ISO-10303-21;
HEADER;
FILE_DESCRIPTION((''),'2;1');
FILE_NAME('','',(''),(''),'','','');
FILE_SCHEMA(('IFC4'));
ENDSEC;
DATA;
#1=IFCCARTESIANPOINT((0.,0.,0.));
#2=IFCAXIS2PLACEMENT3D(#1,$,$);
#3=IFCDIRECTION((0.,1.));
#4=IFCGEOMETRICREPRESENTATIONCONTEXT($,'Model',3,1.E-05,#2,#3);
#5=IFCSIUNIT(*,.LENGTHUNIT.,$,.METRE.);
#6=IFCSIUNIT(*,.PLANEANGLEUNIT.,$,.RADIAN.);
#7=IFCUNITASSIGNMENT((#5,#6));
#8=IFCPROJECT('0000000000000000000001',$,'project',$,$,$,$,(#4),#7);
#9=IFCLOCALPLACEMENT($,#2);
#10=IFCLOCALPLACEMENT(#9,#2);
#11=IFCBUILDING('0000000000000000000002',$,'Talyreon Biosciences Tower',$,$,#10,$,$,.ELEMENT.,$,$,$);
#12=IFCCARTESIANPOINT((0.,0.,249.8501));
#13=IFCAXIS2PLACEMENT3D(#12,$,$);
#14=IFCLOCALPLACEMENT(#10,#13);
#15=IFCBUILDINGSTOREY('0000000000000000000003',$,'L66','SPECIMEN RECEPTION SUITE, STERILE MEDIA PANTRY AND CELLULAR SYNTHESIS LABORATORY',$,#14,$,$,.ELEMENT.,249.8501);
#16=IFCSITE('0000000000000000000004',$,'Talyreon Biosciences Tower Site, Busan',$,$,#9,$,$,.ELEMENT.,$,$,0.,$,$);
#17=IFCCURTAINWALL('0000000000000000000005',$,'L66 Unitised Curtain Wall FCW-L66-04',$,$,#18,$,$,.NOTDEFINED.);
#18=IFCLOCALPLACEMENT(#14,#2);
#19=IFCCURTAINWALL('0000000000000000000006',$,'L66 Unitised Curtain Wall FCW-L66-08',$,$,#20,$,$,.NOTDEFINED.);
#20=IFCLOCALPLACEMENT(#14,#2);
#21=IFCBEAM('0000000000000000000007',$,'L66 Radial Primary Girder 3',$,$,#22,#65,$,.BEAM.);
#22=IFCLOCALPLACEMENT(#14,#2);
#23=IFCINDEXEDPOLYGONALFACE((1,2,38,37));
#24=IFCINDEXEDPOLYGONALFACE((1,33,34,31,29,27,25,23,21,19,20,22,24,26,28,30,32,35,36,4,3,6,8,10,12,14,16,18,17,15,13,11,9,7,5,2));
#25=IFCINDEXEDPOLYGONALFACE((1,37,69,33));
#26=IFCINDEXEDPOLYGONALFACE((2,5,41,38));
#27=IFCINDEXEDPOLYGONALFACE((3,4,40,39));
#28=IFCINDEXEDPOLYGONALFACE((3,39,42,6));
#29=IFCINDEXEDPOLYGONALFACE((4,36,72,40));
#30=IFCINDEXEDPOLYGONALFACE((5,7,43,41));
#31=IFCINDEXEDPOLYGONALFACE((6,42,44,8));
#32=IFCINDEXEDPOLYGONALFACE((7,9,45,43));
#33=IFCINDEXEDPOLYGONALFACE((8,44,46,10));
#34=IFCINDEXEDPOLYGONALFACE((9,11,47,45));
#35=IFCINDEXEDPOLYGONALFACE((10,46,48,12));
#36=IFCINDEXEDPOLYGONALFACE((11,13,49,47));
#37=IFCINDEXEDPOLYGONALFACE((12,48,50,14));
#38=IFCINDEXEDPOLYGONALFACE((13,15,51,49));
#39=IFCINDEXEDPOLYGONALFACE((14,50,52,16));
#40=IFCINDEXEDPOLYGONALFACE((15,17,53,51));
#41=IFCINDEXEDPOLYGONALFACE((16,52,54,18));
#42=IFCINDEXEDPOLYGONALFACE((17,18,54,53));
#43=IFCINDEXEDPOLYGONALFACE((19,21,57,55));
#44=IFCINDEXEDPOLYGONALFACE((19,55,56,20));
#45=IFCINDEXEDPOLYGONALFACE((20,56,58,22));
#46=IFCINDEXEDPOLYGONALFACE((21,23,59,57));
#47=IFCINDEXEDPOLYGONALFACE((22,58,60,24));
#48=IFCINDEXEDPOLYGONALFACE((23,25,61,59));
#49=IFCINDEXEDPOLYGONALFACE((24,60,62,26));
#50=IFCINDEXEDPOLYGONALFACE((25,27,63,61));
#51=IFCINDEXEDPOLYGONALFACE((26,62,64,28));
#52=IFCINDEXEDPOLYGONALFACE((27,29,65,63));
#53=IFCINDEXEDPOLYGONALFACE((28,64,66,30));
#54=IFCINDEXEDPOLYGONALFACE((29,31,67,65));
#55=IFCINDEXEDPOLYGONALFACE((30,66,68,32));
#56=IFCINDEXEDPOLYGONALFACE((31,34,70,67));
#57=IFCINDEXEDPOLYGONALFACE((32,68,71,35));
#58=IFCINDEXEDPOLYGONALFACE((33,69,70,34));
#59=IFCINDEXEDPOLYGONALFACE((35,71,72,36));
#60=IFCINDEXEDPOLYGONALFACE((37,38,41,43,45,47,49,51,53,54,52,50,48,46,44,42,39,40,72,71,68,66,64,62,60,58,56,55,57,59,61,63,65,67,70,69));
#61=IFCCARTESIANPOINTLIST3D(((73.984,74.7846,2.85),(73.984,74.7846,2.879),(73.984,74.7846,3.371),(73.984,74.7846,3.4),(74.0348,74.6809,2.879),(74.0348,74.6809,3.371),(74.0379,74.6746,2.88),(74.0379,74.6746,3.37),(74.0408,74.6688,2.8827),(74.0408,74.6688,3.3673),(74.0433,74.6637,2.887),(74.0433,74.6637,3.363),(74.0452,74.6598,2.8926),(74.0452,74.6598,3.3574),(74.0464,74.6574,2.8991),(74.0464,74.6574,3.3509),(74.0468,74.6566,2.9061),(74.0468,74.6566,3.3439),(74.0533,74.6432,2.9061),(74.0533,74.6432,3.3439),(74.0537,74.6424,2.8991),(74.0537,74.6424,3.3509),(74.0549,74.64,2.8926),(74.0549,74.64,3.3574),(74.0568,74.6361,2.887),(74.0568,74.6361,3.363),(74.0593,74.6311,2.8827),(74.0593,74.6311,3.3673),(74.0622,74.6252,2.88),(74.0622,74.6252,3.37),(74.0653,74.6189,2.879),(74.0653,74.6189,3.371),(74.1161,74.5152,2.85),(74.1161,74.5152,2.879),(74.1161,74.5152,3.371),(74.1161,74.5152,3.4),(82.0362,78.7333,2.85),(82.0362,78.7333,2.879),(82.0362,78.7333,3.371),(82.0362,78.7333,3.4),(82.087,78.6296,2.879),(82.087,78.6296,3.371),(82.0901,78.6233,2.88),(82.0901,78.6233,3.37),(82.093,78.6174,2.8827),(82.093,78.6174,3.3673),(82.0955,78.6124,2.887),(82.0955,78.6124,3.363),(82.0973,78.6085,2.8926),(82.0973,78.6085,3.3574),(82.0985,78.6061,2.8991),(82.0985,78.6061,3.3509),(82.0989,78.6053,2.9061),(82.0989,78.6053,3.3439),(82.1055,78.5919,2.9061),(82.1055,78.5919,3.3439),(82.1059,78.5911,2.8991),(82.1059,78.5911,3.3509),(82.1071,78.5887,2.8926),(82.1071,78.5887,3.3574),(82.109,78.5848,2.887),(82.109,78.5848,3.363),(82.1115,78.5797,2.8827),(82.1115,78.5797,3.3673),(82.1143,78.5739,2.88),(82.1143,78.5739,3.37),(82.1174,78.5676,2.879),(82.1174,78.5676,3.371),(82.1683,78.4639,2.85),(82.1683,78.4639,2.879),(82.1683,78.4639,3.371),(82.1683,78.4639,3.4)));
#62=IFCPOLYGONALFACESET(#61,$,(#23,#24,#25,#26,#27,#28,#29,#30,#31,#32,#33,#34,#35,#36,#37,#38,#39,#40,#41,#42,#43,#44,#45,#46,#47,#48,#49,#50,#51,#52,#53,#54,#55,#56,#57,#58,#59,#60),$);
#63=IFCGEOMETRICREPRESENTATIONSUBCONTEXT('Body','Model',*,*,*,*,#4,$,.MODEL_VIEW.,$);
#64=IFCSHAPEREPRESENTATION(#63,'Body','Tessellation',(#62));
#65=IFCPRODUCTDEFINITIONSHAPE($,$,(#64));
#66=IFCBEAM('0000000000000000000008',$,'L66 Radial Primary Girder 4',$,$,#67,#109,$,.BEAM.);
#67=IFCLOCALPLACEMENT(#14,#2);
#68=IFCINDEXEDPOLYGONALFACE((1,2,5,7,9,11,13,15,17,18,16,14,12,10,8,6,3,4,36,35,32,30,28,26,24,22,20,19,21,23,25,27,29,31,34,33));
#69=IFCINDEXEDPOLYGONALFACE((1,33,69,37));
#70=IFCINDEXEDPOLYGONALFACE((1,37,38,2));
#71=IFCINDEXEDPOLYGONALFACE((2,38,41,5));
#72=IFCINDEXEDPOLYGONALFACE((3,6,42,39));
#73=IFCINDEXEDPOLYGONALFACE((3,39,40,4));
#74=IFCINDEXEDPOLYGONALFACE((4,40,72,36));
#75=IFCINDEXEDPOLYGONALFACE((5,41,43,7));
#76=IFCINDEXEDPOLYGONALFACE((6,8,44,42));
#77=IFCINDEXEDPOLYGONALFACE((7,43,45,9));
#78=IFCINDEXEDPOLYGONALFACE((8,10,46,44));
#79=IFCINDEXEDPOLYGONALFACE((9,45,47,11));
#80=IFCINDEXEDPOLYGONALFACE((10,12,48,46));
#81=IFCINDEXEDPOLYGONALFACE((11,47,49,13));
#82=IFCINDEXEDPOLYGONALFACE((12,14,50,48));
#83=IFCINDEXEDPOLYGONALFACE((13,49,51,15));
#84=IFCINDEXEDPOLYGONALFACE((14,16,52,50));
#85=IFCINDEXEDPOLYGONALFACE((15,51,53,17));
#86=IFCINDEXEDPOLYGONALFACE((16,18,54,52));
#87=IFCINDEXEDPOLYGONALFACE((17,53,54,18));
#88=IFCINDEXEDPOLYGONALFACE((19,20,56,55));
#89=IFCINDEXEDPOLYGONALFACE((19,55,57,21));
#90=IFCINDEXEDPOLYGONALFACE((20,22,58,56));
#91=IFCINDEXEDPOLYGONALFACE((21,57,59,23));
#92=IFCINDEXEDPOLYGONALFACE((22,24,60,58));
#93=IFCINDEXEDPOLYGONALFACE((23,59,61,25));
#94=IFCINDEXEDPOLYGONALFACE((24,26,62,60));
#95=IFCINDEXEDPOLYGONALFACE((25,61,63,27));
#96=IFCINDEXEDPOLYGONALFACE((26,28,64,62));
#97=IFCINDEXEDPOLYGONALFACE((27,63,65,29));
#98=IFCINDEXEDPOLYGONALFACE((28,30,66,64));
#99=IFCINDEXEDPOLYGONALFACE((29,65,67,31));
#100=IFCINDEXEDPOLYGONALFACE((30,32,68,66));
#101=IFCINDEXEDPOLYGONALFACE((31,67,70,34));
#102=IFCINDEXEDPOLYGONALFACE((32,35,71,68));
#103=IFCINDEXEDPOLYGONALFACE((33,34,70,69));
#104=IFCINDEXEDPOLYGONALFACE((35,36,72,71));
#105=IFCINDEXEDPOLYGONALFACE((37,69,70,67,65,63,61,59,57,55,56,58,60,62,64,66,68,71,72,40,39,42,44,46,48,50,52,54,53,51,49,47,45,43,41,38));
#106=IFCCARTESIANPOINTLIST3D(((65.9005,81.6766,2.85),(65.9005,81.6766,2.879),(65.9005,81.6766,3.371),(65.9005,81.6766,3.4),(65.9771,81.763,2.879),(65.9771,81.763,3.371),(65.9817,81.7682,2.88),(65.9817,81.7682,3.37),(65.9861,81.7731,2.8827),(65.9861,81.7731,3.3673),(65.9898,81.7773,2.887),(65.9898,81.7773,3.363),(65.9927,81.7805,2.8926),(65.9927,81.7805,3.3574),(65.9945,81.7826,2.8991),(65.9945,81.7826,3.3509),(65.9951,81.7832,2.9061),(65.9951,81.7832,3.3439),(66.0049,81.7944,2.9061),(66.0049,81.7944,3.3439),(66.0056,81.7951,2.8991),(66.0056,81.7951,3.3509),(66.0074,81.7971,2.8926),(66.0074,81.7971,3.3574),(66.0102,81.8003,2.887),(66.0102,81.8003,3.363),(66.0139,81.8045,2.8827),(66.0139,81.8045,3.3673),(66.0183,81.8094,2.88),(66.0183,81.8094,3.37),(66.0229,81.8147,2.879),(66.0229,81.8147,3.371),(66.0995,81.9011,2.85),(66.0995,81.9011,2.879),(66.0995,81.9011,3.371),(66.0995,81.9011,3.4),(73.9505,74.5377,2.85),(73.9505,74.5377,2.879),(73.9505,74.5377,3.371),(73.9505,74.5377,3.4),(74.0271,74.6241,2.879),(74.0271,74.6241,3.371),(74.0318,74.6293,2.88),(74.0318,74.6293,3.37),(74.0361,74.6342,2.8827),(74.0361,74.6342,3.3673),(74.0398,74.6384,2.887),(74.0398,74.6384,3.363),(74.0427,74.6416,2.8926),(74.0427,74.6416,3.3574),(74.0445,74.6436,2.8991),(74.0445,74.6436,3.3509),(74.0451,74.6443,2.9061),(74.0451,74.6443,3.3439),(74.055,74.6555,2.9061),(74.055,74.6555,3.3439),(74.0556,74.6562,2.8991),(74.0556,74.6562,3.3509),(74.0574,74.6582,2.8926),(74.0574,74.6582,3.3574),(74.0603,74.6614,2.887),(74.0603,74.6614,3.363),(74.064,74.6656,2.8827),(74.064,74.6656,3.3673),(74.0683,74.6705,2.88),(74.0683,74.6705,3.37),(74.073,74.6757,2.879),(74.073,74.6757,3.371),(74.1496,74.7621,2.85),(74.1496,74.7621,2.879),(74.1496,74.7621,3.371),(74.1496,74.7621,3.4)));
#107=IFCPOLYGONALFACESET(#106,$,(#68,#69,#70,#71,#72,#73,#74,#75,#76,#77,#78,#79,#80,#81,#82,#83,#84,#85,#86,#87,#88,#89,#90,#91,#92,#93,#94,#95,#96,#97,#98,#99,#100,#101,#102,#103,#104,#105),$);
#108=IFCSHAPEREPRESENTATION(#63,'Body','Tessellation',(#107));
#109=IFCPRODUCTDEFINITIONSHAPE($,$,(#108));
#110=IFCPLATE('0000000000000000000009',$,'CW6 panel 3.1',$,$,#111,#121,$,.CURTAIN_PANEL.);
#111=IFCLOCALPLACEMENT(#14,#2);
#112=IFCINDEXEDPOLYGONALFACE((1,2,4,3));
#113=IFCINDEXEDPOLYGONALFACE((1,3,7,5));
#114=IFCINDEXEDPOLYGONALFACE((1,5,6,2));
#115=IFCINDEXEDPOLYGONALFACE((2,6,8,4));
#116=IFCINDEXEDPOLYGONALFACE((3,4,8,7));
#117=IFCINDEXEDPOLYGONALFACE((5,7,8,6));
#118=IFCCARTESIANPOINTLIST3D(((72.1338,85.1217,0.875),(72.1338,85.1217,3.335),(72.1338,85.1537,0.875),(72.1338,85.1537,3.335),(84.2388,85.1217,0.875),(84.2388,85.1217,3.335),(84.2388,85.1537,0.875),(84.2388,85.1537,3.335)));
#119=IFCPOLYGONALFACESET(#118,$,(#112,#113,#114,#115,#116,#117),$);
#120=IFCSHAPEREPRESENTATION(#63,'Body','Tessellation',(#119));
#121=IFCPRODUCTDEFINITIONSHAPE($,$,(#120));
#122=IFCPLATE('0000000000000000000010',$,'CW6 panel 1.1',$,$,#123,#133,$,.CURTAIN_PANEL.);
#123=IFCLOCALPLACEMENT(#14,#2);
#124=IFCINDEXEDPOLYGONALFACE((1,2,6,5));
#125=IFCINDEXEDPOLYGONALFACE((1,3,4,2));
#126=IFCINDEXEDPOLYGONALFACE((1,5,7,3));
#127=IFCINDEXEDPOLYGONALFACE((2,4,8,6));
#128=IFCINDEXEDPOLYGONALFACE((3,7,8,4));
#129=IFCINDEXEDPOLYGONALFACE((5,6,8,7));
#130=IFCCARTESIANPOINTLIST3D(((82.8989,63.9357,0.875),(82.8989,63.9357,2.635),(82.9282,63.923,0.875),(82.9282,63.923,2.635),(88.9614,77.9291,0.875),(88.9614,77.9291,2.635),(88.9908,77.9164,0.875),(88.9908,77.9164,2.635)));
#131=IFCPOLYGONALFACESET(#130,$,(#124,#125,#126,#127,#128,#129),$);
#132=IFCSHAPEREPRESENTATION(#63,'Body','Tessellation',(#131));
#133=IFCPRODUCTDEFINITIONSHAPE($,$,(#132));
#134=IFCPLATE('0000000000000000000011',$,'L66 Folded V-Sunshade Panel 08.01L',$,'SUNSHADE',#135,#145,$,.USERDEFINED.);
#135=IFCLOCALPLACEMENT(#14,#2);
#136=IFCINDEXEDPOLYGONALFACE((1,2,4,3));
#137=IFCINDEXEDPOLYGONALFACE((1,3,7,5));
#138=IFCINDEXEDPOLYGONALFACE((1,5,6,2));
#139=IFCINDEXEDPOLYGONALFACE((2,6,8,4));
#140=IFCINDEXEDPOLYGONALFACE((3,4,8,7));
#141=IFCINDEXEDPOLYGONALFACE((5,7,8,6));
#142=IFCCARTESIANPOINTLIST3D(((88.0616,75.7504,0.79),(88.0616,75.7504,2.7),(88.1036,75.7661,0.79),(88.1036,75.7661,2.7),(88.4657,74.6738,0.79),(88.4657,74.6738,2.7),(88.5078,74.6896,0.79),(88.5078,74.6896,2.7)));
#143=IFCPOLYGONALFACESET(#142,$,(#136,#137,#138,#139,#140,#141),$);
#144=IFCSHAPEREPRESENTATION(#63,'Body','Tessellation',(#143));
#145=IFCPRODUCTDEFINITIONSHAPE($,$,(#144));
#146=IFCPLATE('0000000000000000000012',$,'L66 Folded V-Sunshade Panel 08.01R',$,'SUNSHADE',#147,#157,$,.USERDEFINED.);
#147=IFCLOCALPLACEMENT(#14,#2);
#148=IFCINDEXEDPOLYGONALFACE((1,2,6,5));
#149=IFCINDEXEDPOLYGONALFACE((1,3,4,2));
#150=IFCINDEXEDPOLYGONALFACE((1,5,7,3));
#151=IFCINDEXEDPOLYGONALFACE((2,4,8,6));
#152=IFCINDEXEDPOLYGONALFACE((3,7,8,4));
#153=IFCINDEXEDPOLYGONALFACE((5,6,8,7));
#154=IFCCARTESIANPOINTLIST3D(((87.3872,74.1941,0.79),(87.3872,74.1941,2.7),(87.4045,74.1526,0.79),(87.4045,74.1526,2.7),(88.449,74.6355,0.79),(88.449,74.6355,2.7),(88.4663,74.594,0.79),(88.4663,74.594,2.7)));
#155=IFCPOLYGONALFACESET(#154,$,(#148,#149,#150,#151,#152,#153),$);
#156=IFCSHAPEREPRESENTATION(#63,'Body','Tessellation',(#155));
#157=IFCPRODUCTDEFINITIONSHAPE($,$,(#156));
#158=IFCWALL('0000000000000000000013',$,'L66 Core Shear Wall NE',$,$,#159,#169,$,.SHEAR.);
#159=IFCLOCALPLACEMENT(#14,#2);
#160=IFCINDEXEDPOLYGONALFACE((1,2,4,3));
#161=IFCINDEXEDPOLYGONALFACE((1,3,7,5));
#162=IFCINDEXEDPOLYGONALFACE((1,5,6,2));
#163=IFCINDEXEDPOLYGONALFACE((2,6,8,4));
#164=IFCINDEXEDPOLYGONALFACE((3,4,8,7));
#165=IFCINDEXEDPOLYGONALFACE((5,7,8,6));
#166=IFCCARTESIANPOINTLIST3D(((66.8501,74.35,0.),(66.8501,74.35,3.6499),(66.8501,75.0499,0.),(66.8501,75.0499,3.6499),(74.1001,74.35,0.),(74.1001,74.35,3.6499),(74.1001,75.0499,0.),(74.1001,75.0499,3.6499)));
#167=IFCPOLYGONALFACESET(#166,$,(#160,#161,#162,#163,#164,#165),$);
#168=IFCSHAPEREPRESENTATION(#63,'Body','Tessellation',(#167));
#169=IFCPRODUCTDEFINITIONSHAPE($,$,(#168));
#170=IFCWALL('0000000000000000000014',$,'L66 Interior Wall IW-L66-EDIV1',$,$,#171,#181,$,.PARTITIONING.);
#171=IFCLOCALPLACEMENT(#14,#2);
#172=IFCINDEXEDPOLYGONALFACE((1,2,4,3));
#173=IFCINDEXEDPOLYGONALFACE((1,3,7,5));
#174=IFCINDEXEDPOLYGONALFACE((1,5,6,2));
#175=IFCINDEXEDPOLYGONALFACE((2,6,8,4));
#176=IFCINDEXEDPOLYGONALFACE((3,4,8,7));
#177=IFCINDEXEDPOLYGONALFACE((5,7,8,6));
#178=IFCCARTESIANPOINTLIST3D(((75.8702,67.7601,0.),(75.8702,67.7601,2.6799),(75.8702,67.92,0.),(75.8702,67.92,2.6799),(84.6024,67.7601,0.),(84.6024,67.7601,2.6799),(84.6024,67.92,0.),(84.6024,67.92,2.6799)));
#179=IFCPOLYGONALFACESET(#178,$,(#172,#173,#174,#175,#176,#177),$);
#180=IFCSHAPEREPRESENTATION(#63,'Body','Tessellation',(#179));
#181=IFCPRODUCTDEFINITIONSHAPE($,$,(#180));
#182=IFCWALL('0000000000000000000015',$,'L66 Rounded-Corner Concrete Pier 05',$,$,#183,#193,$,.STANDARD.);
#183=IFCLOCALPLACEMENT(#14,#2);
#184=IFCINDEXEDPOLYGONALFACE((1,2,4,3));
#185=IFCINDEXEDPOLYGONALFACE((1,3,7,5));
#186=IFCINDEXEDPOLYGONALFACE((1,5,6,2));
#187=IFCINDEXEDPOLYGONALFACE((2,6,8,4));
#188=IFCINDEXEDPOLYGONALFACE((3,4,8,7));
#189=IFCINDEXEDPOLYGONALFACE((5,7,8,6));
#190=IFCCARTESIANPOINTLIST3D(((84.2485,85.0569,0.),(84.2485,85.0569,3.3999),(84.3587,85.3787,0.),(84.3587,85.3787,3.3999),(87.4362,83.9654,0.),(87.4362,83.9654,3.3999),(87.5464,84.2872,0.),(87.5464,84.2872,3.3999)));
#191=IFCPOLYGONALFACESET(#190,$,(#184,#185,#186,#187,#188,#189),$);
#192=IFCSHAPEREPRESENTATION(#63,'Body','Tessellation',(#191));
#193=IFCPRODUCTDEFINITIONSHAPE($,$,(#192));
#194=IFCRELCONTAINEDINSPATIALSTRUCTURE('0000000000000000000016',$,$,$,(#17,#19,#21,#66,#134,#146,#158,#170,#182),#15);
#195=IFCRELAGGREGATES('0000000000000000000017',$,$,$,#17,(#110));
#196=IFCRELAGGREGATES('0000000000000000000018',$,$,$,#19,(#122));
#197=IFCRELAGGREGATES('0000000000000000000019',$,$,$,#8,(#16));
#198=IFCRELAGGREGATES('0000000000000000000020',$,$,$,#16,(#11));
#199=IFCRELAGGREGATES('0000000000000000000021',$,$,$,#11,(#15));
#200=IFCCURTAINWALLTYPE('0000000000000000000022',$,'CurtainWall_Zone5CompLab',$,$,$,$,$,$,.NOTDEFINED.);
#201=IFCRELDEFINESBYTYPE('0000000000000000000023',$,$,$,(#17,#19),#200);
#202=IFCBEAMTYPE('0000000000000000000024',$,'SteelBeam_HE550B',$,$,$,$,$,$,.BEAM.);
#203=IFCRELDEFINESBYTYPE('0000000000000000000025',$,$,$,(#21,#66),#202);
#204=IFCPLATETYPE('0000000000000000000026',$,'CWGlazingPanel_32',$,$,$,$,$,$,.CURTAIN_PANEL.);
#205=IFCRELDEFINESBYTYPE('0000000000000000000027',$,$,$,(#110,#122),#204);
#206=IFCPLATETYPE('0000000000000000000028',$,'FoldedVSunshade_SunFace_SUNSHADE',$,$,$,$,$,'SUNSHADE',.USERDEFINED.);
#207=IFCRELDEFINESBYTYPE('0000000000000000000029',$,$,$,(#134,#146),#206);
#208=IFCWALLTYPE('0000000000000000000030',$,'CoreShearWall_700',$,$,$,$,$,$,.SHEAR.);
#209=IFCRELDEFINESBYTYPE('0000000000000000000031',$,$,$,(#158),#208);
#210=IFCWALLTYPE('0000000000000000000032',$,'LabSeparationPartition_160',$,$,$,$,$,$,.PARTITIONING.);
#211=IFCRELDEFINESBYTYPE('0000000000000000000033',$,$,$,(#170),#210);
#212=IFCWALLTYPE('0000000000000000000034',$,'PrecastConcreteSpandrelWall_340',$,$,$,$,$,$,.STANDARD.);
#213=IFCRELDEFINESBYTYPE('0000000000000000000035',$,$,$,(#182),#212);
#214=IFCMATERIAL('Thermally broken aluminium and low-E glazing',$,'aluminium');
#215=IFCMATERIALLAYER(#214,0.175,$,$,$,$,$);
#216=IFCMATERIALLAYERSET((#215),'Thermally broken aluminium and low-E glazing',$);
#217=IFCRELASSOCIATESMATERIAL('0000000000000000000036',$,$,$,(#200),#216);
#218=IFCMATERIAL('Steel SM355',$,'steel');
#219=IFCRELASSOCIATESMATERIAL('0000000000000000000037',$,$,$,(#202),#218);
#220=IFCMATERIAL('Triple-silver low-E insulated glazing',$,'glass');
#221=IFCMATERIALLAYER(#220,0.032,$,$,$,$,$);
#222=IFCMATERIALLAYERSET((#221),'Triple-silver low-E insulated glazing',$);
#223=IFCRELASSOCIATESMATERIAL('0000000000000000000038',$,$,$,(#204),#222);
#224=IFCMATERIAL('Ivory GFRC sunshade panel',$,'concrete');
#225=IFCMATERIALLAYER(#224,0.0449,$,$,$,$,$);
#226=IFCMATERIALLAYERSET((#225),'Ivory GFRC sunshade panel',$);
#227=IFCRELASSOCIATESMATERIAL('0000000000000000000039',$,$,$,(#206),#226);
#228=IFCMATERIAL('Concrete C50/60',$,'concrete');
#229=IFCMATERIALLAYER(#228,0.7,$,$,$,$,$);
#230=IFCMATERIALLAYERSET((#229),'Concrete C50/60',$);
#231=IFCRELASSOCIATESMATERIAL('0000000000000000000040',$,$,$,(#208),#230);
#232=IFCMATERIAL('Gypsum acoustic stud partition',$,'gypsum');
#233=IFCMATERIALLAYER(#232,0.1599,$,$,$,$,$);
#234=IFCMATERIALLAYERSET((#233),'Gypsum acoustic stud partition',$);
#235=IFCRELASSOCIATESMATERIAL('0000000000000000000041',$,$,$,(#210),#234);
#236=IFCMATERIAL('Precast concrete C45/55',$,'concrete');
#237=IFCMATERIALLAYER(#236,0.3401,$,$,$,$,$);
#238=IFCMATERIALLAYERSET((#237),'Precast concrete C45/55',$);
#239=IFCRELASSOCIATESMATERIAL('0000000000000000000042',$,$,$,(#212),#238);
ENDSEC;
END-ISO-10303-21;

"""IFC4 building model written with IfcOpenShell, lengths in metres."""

from ifc_helpers import new_model, si_unit, direction, frame, frame_2d, origin, origin_2d, place, context, subcontext, project, spatial, rectangle, i_section, extrude, material, layer, layer_set, material_profile, profile_set, type_object, element, aggregate, save


model = new_model("IFC4")

# Units and contexts
model_context = context("Model", 3, precision=1e-05, world=origin(), true_north=direction((0.0, 1.0)))
body_context = subcontext(model_context, "Body", "Model", "MODEL_VIEW")
ifc_project = project(units=[si_unit("LENGTHUNIT", "METRE"), si_unit("PLANEANGLEUNIT", "RADIAN")], contexts=[model_context])

# Site, building, storey
site_placement = place(None, origin())
site = spatial("IfcSite", under=ifc_project, at=site_placement, Name="Talyreon Biosciences Tower Site, Busan", CompositionType="ELEMENT", RefElevation=0.0)
building_placement = place(site_placement, origin())
building = spatial("IfcBuilding", under=site, at=building_placement, Name="Talyreon Biosciences Tower", CompositionType="ELEMENT")
storey_placement = place(building_placement, frame((0.0, 0.0, 249.8501)))
storey = spatial("IfcBuildingStorey", under=building, at=storey_placement, Name="L66", Description="SPECIMEN RECEPTION SUITE, STERILE MEDIA PANTRY AND CELLULAR SYNTHESIS LABORATORY", CompositionType="ELEMENT", Elevation=249.8501)

# Shared definitions
ifc_material_1 = material(Name="Concrete C50/60", Category="concrete")

# Curtain wall
ifc_material_2 = material(Name="Thermally broken aluminium and low-E glazing", Category="aluminium")
ifc_layer_1 = layer(ifc_material_2, 0.175)
ifc_layer_set_1 = layer_set([ifc_layer_1], Name="Thermally broken aluminium and low-E glazing")
curtain_wall_type = type_object("IfcCurtainWallType", Name="CurtainWall_Zone5CompLab", PredefinedType="NOTDEFINED", material=ifc_layer_set_1)
curtain_wall_1_placement = place(storey_placement, origin())
curtain_wall_1 = element("IfcCurtainWall", 1, at=curtain_wall_1_placement, inside=storey, type_object=curtain_wall_type, Name="L66 Unitised Curtain Wall FCW-L66-04", PredefinedType="NOTDEFINED")

# Curtain wall
curtain_wall_2_placement = place(storey_placement, origin())
curtain_wall_2 = element("IfcCurtainWall", 2, at=curtain_wall_2_placement, inside=storey, type_object=curtain_wall_type, Name="L66 Unitised Curtain Wall FCW-L66-08", PredefinedType="NOTDEFINED")

# Beams
ifc_material_3 = material(Name="Precast concrete C45/55", Category="concrete")
ifc_material_4 = material(Name="Steel SM355", Category="steel")
ifc_material_profile_1 = material_profile(ifc_material_4, i_section(OverallWidth=0.3, OverallDepth=0.55, WebThickness=0.0149, FlangeThickness=0.0291, FilletRadius=0.0271, at=origin_2d()), Name="HE550B")
ifc_profile_set_1 = profile_set([ifc_material_profile_1], Name="Steel SM355")
beam_type_1 = type_object("IfcBeamType", Name="SteelBeam_HE550B", PredefinedType="BEAM", material=ifc_profile_set_1)
beam_1_placement = place(storey_placement, frame((74.05, 74.6499, 3.125), z_axis=(0.897852, 0.440297, 0.0), x_axis=(-0.440297, 0.897852, 0.0)))
element("IfcBeam", 3, at=beam_1_placement, inside=storey, type_object=beam_type_1, Name="L66 Radial Primary Girder 3", PredefinedType="BEAM", context=body_context, shape_type="SweptSolid", body=[
    extrude(i_section(OverallWidth=0.3, OverallDepth=0.55, WebThickness=0.0149, FlangeThickness=0.0291, FilletRadius=0.0271, at=origin_2d()), origin(), (0.0, 0.0, 1.0), 8.9683),
])
beam_2_placement = place(storey_placement, frame((74.05, 74.6499, 3.125), z_axis=(-0.748179, 0.663497, 0.0), x_axis=(-0.663497, -0.748179, 0.0)))
element("IfcBeam", 4, at=beam_2_placement, inside=storey, type_object=beam_type_1, Name="L66 Radial Primary Girder 4", PredefinedType="BEAM", context=body_context, shape_type="SweptSolid", body=[
    extrude(i_section(OverallWidth=0.3, OverallDepth=0.55, WebThickness=0.0149, FlangeThickness=0.0291, FilletRadius=0.0271, at=origin_2d()), origin(), (0.0, 0.0, 1.0), 10.7595),
])

# Plates
ifc_material_5 = material(Name="Triple-silver low-E insulated glazing", Category="glass")
ifc_layer_2 = layer(ifc_material_5, 0.032)
ifc_layer_set_2 = layer_set([ifc_layer_2], Name="Triple-silver low-E insulated glazing")
plate_type_1 = type_object("IfcPlateType", Name="CWGlazingPanel_32", PredefinedType="CURTAIN_PANEL", material=ifc_layer_set_2)
plate_1_placement = place(storey_placement, frame((78.1863, 85.1377, 0.875), z_axis=(0.0, 0.0, 1.0), x_axis=(1.0, 0.0, 0.0)))
plate_1 = element("IfcPlate", 5, at=plate_1_placement, type_object=plate_type_1, Name="CW6 panel 3.1", PredefinedType="CURTAIN_PANEL", context=body_context, shape_type="SweptSolid", body=[
    extrude(rectangle(XDim=12.105, YDim=0.032, at=origin_2d()), origin(), (0.0, 0.0, 1.0), 2.46),
])
aggregate(curtain_wall_1, [plate_1])
plate_2_placement = place(storey_placement, frame((85.9448, 70.926, 0.875), z_axis=(0.0, 0.0, 1.0), x_axis=(-0.397537, -0.917586, 0.0)))
plate_2 = element("IfcPlate", 6, at=plate_2_placement, type_object=plate_type_1, Name="CW6 panel 1.1", PredefinedType="CURTAIN_PANEL", context=body_context, shape_type="SweptSolid", body=[
    extrude(rectangle(XDim=15.2502, YDim=0.032, at=origin_2d()), origin(), (0.0, 0.0, 1.0), 1.76),
])
aggregate(curtain_wall_2, [plate_2])

# Plates
ifc_material_6 = material(Name="Ivory GFRC sunshade panel", Category="concrete")
ifc_layer_3 = layer(ifc_material_6, 0.0449)
ifc_layer_set_3 = layer_set([ifc_layer_3], Name="Ivory GFRC sunshade panel")
plate_type_2 = type_object("IfcPlateType", Name="FoldedVSunshade_SunFace_SUNSHADE", ElementType="SUNSHADE", PredefinedType="USERDEFINED", material=ifc_layer_set_3)
for number, where, z_axis, x_axis, name in (
    (7, (88.2847, 75.22, 0.79), (0.0, 0.0, 1.0), (0.35145, -0.936207, 0.0), "L66 Folded V-Sunshade Panel 08.01L"),
    (8, (87.9268, 74.394, 0.79), (0.0, 0.0, 1.0), (-0.923371, -0.383909, 0.0), "L66 Folded V-Sunshade Panel 08.01R"),
):
    element("IfcPlate", number, at=place(storey_placement, frame(where, z_axis=z_axis, x_axis=x_axis)), inside=storey, type_object=plate_type_2, Name=name, ObjectType="SUNSHADE", PredefinedType="USERDEFINED", context=body_context, shape_type="SweptSolid", body=[
        extrude(rectangle(XDim=1.1499, YDim=0.0449, at=origin_2d()), origin(), (0.0, 0.0, 1.0), 1.9099),
    ])

# Walls
ifc_layer_4 = layer(ifc_material_1, 0.7)
ifc_layer_set_4 = layer_set([ifc_layer_4], Name="Concrete C50/60")
wall_type_1 = type_object("IfcWallType", Name="CoreShearWall_700", PredefinedType="SHEAR", material=ifc_layer_set_4)
wall_1_placement = place(storey_placement, frame((74.1001, 74.7, 0.0), z_axis=(0.0, 0.0, 1.0), x_axis=(-1.0, 0.0, 0.0)))
element("IfcWall", 9, at=wall_1_placement, inside=storey, type_object=wall_type_1, Name="L66 Core Shear Wall NE", PredefinedType="SHEAR", context=body_context, shape_type="SweptSolid", body=[
    extrude(rectangle(XDim=7.25, YDim=0.7, at=frame_2d((3.625, 0.0))), origin(), (0.0, 0.0, 1.0), 3.6499),
])
ifc_material_7 = material(Name="Gypsum acoustic stud partition", Category="gypsum")
ifc_layer_5 = layer(ifc_material_7, 0.1599)
ifc_layer_set_5 = layer_set([ifc_layer_5], Name="Gypsum acoustic stud partition")
wall_type_2 = type_object("IfcWallType", Name="LabSeparationPartition_160", PredefinedType="PARTITIONING", material=ifc_layer_set_5)
wall_2_placement = place(storey_placement, frame((75.8701, 67.8401, 0.0), z_axis=(0.0, 0.0, 1.0), x_axis=(1.0, 0.0, 0.0)))
element("IfcWall", 10, at=wall_2_placement, inside=storey, type_object=wall_type_2, Name="L66 Interior Wall IW-L66-EDIV1", PredefinedType="PARTITIONING", context=body_context, shape_type="SweptSolid", body=[
    extrude(rectangle(XDim=8.7322, YDim=0.1599, at=frame_2d((4.3662, 0.0))), origin(), (0.0, 0.0, 1.0), 2.6799),
])
ifc_layer_6 = layer(ifc_material_3, 0.3401)
ifc_layer_set_6 = layer_set([ifc_layer_6], Name="Precast concrete C45/55")
wall_type_3 = type_object("IfcWallType", Name="PrecastConcreteSpandrelWall_340", PredefinedType="STANDARD", material=ifc_layer_set_6)
wall_3_placement = place(storey_placement, frame((84.3037, 85.2178, 0.0), z_axis=(0.0, 0.0, 1.0), x_axis=(0.946072, -0.323956, 0.0)))
element("IfcWall", 11, at=wall_3_placement, inside=storey, type_object=wall_type_3, Name="L66 Rounded-Corner Concrete Pier 05", PredefinedType="STANDARD", context=body_context, shape_type="SweptSolid", body=[
    extrude(rectangle(XDim=3.3694, YDim=0.3401, at=frame_2d((1.6846, 0.0))), origin(), (0.0, 0.0, 1.0), 3.3999),
])

save(model, "model.ifc")
